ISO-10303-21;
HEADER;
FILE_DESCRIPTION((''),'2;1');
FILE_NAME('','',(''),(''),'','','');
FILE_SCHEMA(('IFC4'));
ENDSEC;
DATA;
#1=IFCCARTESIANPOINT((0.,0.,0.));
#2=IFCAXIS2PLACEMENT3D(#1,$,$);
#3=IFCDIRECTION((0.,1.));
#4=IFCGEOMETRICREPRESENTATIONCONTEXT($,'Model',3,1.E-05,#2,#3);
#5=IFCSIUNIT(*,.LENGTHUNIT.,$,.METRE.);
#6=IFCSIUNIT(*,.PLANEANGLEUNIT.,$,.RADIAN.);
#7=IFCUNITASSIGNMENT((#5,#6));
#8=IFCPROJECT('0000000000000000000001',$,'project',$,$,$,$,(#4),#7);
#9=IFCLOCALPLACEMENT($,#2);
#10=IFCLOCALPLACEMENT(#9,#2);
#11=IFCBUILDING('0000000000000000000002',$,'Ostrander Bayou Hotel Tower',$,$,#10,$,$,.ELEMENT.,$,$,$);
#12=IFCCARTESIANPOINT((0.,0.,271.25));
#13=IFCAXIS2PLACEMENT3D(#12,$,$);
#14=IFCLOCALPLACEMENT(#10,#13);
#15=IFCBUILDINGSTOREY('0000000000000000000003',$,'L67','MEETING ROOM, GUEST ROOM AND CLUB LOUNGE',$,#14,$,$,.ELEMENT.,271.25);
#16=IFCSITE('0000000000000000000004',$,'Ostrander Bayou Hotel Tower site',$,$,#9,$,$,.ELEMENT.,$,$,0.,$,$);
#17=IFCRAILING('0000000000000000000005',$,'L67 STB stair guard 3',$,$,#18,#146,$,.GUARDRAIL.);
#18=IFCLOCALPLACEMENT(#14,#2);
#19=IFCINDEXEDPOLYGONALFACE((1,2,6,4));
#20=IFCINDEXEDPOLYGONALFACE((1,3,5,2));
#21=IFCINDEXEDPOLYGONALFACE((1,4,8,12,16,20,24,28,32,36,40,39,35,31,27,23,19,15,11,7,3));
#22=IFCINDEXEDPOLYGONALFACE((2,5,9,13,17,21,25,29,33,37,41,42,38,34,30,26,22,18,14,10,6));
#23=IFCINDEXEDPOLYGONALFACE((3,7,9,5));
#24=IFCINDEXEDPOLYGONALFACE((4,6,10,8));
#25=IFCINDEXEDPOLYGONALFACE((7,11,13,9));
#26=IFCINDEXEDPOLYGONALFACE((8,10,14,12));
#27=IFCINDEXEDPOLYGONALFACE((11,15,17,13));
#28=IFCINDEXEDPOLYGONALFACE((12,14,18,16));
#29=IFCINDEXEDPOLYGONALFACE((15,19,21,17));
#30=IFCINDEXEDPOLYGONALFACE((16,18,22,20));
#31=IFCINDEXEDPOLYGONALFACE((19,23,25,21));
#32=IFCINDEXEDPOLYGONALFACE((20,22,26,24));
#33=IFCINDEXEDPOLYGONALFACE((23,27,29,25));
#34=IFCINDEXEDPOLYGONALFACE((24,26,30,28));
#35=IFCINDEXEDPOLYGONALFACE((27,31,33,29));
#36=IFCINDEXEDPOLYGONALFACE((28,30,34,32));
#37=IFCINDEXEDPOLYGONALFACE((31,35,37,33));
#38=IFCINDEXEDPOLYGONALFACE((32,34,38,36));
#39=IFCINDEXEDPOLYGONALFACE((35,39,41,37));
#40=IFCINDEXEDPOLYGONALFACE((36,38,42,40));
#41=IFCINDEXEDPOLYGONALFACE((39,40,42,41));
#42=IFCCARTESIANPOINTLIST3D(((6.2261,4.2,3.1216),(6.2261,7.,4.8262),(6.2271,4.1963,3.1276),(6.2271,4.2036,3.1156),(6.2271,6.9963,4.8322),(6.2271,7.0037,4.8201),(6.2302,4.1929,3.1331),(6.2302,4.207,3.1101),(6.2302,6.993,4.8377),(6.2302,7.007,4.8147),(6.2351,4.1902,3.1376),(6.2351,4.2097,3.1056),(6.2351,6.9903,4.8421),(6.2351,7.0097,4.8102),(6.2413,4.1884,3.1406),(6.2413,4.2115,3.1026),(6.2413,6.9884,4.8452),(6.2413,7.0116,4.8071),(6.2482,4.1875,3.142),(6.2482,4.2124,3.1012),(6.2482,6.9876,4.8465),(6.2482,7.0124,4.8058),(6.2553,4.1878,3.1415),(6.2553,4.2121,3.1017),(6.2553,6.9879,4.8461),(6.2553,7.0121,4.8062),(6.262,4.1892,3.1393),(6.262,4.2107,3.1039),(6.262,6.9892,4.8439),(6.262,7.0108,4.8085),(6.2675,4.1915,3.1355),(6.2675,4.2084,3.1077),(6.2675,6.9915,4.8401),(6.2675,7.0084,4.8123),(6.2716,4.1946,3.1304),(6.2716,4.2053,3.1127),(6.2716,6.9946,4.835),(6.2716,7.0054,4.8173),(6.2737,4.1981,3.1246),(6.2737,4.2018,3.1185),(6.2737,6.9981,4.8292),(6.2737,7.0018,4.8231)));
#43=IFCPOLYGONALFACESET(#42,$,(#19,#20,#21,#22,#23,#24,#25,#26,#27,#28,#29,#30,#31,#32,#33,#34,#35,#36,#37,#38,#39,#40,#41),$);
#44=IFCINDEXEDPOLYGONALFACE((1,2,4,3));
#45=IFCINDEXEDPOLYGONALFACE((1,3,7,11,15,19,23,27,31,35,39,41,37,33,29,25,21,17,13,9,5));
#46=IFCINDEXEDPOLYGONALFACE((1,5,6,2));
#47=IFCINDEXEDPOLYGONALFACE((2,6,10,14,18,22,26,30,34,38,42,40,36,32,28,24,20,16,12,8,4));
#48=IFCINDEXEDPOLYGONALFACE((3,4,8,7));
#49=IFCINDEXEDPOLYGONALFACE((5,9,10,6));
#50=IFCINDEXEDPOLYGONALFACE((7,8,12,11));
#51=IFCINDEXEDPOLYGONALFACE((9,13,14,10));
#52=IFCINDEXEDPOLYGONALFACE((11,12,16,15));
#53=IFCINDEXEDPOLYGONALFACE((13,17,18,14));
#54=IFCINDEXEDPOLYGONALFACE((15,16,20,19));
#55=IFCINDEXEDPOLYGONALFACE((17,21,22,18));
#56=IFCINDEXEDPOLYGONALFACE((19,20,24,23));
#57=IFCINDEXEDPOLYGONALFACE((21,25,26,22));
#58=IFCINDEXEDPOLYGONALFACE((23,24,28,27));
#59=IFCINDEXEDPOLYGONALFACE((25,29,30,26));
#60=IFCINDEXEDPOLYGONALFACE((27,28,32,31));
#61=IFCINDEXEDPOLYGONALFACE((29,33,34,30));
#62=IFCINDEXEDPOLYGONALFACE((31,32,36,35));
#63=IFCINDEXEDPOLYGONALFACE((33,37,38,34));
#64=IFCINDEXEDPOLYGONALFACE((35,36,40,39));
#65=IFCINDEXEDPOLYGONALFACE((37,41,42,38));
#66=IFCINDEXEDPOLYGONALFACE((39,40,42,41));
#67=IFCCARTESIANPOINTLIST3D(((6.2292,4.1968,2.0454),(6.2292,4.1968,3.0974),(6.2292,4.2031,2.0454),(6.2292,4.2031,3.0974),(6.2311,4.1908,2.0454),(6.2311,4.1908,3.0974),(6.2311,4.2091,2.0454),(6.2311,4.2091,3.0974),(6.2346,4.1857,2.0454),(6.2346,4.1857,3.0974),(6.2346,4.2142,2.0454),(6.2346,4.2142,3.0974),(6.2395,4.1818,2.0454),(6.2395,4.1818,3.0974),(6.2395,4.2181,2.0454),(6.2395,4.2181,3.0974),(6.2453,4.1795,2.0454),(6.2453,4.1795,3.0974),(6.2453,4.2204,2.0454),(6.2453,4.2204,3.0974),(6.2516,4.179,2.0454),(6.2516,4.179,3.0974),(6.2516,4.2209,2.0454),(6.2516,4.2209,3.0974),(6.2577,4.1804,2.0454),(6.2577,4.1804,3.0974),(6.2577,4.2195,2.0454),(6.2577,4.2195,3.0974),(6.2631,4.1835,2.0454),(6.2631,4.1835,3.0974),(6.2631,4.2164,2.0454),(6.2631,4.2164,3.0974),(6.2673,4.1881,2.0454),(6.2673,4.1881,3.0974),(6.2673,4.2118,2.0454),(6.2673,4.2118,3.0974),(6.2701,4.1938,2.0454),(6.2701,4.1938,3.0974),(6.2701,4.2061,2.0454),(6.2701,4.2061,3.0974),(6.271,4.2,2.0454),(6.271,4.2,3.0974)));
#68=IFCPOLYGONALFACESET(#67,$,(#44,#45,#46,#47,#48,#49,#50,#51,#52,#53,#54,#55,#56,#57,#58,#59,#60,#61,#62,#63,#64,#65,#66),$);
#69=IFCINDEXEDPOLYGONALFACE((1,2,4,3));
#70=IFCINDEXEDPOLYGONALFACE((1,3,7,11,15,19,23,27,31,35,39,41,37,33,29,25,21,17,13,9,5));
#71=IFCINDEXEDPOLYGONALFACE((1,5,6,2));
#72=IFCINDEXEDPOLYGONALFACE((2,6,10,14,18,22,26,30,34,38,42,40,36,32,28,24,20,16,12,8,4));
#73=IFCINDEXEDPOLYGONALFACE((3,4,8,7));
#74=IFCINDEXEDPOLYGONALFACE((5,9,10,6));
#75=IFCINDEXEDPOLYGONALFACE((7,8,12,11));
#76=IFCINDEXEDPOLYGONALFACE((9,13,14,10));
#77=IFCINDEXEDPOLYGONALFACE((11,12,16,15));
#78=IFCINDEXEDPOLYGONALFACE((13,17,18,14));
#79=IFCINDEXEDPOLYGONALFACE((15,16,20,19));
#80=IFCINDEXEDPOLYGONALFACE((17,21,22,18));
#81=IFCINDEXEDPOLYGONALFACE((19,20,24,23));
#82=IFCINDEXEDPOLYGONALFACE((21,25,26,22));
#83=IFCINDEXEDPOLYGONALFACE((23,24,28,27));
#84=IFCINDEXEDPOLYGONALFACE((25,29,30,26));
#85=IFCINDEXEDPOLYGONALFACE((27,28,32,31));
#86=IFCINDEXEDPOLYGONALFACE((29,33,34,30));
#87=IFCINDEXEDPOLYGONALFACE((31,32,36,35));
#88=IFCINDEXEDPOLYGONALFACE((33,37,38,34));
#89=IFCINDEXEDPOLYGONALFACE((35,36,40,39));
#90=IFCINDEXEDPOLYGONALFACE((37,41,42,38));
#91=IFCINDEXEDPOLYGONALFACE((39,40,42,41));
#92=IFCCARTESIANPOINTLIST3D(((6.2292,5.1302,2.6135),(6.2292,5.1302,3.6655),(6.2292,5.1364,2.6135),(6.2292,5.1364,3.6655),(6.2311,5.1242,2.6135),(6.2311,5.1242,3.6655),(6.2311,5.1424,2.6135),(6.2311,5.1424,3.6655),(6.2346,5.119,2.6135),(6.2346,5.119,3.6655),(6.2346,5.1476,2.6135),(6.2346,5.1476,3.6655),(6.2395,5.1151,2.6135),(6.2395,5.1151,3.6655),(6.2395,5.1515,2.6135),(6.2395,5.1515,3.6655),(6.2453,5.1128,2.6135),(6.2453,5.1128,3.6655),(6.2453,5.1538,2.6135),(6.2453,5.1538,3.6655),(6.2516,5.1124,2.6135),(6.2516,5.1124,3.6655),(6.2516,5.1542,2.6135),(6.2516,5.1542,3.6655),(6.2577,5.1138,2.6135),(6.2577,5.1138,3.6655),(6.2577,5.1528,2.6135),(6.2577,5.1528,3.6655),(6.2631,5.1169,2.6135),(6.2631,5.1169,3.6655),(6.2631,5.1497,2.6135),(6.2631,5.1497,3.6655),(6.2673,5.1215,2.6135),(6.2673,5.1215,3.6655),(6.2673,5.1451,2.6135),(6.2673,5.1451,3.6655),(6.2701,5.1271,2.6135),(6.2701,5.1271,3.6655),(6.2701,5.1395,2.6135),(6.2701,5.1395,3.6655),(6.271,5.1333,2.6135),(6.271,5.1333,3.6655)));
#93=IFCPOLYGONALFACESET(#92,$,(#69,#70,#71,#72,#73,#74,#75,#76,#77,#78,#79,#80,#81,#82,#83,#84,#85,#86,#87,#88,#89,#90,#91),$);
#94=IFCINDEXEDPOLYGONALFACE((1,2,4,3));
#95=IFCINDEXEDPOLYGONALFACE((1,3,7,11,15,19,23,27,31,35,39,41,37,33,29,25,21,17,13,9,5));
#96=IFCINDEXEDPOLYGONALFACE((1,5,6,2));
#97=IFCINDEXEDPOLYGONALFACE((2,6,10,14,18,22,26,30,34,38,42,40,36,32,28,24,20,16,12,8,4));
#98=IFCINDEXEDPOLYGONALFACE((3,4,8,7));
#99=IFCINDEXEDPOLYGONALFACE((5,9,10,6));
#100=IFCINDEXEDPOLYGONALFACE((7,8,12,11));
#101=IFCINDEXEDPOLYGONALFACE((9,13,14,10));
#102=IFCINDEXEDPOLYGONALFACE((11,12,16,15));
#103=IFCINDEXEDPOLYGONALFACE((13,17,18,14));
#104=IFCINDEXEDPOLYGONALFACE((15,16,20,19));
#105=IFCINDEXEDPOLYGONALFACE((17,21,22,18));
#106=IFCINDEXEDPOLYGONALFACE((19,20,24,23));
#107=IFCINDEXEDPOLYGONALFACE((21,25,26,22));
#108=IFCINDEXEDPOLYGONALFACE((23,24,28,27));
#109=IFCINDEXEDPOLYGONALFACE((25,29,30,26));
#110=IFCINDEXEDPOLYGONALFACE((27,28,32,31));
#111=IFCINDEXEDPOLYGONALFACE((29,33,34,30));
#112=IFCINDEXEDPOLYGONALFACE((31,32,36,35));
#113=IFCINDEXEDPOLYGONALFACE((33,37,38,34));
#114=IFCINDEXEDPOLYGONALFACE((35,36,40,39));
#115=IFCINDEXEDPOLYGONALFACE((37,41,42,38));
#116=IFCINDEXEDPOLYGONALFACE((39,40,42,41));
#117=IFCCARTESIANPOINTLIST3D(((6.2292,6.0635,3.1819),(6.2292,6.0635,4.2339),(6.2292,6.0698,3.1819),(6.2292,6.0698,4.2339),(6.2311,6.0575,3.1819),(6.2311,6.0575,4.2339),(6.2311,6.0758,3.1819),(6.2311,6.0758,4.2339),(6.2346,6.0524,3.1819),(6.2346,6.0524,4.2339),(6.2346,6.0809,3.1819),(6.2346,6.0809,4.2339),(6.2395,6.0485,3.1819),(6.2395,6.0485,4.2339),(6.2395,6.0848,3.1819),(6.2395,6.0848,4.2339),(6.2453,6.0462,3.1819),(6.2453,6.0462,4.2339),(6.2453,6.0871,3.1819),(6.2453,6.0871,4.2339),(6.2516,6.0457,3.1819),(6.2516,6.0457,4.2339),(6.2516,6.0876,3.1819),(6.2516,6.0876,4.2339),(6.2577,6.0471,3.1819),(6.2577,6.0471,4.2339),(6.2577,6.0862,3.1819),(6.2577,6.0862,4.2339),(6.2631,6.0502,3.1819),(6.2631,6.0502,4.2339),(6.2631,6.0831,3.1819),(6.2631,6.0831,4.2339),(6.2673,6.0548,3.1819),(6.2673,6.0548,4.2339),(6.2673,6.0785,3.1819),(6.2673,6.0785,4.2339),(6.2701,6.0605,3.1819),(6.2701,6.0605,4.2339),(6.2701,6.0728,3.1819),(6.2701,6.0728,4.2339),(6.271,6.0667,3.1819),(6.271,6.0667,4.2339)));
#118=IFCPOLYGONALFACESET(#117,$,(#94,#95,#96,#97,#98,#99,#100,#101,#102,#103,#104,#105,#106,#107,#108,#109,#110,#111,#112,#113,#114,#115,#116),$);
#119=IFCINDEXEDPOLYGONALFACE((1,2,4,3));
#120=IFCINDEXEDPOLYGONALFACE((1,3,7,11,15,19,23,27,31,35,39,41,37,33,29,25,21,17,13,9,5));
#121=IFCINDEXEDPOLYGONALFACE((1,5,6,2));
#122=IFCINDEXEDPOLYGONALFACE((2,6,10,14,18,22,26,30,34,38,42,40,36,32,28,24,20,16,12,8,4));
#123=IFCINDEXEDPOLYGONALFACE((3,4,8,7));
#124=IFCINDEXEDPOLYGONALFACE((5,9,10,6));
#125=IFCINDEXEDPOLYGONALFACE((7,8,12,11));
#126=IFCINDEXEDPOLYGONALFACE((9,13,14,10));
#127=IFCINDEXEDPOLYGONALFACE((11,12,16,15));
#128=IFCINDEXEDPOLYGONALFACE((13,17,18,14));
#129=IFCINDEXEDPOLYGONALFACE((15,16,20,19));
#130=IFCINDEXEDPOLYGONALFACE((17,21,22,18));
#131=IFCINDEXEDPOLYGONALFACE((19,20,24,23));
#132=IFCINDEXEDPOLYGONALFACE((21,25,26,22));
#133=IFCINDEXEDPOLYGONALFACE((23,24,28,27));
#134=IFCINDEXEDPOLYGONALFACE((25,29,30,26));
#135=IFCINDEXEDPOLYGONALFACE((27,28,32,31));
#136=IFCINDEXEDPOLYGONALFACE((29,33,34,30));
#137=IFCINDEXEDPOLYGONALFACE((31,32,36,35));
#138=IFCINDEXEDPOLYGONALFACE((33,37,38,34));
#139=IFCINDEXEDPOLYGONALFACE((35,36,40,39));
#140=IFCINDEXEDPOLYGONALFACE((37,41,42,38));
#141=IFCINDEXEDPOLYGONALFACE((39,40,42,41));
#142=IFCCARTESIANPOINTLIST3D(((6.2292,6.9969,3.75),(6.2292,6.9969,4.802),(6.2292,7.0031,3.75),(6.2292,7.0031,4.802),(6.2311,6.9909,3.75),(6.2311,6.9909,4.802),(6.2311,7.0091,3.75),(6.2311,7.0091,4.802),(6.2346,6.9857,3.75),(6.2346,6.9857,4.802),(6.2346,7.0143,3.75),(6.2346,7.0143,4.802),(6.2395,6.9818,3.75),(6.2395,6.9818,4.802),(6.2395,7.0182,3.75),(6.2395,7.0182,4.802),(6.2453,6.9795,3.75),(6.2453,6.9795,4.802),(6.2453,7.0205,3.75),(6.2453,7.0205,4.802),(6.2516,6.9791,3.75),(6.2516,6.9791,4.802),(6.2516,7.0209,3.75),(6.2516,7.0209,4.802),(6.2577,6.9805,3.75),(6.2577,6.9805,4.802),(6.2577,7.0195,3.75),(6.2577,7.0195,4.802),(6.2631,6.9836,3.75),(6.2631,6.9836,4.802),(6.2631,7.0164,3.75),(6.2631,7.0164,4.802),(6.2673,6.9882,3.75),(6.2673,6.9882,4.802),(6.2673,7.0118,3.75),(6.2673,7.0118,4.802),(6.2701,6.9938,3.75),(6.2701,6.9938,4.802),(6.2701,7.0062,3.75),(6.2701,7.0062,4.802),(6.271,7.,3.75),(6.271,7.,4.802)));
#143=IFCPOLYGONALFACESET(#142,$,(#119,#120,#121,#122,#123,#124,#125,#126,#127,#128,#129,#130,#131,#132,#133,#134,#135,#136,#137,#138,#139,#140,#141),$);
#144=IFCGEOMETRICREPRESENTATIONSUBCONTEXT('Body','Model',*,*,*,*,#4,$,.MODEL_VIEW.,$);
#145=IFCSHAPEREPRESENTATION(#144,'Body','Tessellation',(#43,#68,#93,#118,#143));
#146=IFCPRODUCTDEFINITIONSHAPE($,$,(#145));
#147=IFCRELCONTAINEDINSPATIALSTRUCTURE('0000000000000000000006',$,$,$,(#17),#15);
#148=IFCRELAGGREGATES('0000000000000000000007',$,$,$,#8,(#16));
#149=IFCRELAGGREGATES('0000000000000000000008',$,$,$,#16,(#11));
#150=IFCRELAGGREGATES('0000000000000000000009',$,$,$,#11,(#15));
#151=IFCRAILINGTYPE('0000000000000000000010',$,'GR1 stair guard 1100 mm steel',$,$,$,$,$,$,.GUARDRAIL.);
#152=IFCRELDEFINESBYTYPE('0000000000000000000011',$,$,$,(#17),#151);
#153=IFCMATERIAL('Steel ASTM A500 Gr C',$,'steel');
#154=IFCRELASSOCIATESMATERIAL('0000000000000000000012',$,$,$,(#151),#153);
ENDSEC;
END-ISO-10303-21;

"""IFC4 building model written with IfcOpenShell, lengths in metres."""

from ifc_helpers import new_model, si_unit, direction, frame, origin, origin_2d, place, context, subcontext, project, spatial, circle, extrude, material, type_object, element, save


model = new_model("IFC4")

# Units and contexts
model_context = context("Model", 3, precision=1e-05, world=origin(), true_north=direction((0.0, 1.0)))
body_context = subcontext(model_context, "Body", "Model", "MODEL_VIEW")
ifc_project = project(units=[si_unit("LENGTHUNIT", "METRE"), si_unit("PLANEANGLEUNIT", "RADIAN")], contexts=[model_context])

# Site, building, storey
site_placement = place(None, origin())
site = spatial("IfcSite", under=ifc_project, at=site_placement, Name="Ostrander Bayou Hotel Tower site", CompositionType="ELEMENT", RefElevation=0.0)
building_placement = place(site_placement, origin())
building = spatial("IfcBuilding", under=site, at=building_placement, Name="Ostrander Bayou Hotel Tower", CompositionType="ELEMENT")
storey_placement = place(building_placement, frame((0.0, 0.0, 271.25)))
storey = spatial("IfcBuildingStorey", under=building, at=storey_placement, Name="L67", Description="MEETING ROOM, GUEST ROOM AND CLUB LOUNGE", CompositionType="ELEMENT", Elevation=271.25)

# Railing
ifc_material_1 = material(Name="Steel ASTM A500 Gr C", Category="steel")
railing_type_1 = type_object("IfcRailingType", Name="GR1 stair guard 1100 mm steel", PredefinedType="GUARDRAIL", material=ifc_material_1)
railing_1_placement = place(storey_placement, frame((6.25, 4.2, 2.0454)))
element("IfcRailing", 1, at=railing_1_placement, inside=storey, type_object=railing_type_1, Name="L67 STB stair guard 3", PredefinedType="GUARDRAIL", context=body_context, shape_type="SweptSolid", body=[
    extrude(circle(Radius=0.0239, at=origin_2d()), frame((0.0, 0.0, 1.0762), z_axis=(0.0, 0.85417, 0.519994), x_axis=(-1.0, 0.0, 0.0)), (0.0, 0.0, 1.0), 3.2781),
    extrude(circle(Radius=0.021, at=origin_2d()), origin(), (0.0, 0.0, 1.0), 1.052),
    extrude(circle(Radius=0.021, at=origin_2d()), frame((0.0, 0.9333, 0.5681)), (0.0, 0.0, 1.0), 1.052),
    extrude(circle(Radius=0.021, at=origin_2d()), frame((0.0, 1.8667, 1.1365)), (0.0, 0.0, 1.0), 1.052),
    extrude(circle(Radius=0.021, at=origin_2d()), frame((0.0, 2.8, 1.7046)), (0.0, 0.0, 1.0), 1.052),
])

save(model, "model.ifc")
